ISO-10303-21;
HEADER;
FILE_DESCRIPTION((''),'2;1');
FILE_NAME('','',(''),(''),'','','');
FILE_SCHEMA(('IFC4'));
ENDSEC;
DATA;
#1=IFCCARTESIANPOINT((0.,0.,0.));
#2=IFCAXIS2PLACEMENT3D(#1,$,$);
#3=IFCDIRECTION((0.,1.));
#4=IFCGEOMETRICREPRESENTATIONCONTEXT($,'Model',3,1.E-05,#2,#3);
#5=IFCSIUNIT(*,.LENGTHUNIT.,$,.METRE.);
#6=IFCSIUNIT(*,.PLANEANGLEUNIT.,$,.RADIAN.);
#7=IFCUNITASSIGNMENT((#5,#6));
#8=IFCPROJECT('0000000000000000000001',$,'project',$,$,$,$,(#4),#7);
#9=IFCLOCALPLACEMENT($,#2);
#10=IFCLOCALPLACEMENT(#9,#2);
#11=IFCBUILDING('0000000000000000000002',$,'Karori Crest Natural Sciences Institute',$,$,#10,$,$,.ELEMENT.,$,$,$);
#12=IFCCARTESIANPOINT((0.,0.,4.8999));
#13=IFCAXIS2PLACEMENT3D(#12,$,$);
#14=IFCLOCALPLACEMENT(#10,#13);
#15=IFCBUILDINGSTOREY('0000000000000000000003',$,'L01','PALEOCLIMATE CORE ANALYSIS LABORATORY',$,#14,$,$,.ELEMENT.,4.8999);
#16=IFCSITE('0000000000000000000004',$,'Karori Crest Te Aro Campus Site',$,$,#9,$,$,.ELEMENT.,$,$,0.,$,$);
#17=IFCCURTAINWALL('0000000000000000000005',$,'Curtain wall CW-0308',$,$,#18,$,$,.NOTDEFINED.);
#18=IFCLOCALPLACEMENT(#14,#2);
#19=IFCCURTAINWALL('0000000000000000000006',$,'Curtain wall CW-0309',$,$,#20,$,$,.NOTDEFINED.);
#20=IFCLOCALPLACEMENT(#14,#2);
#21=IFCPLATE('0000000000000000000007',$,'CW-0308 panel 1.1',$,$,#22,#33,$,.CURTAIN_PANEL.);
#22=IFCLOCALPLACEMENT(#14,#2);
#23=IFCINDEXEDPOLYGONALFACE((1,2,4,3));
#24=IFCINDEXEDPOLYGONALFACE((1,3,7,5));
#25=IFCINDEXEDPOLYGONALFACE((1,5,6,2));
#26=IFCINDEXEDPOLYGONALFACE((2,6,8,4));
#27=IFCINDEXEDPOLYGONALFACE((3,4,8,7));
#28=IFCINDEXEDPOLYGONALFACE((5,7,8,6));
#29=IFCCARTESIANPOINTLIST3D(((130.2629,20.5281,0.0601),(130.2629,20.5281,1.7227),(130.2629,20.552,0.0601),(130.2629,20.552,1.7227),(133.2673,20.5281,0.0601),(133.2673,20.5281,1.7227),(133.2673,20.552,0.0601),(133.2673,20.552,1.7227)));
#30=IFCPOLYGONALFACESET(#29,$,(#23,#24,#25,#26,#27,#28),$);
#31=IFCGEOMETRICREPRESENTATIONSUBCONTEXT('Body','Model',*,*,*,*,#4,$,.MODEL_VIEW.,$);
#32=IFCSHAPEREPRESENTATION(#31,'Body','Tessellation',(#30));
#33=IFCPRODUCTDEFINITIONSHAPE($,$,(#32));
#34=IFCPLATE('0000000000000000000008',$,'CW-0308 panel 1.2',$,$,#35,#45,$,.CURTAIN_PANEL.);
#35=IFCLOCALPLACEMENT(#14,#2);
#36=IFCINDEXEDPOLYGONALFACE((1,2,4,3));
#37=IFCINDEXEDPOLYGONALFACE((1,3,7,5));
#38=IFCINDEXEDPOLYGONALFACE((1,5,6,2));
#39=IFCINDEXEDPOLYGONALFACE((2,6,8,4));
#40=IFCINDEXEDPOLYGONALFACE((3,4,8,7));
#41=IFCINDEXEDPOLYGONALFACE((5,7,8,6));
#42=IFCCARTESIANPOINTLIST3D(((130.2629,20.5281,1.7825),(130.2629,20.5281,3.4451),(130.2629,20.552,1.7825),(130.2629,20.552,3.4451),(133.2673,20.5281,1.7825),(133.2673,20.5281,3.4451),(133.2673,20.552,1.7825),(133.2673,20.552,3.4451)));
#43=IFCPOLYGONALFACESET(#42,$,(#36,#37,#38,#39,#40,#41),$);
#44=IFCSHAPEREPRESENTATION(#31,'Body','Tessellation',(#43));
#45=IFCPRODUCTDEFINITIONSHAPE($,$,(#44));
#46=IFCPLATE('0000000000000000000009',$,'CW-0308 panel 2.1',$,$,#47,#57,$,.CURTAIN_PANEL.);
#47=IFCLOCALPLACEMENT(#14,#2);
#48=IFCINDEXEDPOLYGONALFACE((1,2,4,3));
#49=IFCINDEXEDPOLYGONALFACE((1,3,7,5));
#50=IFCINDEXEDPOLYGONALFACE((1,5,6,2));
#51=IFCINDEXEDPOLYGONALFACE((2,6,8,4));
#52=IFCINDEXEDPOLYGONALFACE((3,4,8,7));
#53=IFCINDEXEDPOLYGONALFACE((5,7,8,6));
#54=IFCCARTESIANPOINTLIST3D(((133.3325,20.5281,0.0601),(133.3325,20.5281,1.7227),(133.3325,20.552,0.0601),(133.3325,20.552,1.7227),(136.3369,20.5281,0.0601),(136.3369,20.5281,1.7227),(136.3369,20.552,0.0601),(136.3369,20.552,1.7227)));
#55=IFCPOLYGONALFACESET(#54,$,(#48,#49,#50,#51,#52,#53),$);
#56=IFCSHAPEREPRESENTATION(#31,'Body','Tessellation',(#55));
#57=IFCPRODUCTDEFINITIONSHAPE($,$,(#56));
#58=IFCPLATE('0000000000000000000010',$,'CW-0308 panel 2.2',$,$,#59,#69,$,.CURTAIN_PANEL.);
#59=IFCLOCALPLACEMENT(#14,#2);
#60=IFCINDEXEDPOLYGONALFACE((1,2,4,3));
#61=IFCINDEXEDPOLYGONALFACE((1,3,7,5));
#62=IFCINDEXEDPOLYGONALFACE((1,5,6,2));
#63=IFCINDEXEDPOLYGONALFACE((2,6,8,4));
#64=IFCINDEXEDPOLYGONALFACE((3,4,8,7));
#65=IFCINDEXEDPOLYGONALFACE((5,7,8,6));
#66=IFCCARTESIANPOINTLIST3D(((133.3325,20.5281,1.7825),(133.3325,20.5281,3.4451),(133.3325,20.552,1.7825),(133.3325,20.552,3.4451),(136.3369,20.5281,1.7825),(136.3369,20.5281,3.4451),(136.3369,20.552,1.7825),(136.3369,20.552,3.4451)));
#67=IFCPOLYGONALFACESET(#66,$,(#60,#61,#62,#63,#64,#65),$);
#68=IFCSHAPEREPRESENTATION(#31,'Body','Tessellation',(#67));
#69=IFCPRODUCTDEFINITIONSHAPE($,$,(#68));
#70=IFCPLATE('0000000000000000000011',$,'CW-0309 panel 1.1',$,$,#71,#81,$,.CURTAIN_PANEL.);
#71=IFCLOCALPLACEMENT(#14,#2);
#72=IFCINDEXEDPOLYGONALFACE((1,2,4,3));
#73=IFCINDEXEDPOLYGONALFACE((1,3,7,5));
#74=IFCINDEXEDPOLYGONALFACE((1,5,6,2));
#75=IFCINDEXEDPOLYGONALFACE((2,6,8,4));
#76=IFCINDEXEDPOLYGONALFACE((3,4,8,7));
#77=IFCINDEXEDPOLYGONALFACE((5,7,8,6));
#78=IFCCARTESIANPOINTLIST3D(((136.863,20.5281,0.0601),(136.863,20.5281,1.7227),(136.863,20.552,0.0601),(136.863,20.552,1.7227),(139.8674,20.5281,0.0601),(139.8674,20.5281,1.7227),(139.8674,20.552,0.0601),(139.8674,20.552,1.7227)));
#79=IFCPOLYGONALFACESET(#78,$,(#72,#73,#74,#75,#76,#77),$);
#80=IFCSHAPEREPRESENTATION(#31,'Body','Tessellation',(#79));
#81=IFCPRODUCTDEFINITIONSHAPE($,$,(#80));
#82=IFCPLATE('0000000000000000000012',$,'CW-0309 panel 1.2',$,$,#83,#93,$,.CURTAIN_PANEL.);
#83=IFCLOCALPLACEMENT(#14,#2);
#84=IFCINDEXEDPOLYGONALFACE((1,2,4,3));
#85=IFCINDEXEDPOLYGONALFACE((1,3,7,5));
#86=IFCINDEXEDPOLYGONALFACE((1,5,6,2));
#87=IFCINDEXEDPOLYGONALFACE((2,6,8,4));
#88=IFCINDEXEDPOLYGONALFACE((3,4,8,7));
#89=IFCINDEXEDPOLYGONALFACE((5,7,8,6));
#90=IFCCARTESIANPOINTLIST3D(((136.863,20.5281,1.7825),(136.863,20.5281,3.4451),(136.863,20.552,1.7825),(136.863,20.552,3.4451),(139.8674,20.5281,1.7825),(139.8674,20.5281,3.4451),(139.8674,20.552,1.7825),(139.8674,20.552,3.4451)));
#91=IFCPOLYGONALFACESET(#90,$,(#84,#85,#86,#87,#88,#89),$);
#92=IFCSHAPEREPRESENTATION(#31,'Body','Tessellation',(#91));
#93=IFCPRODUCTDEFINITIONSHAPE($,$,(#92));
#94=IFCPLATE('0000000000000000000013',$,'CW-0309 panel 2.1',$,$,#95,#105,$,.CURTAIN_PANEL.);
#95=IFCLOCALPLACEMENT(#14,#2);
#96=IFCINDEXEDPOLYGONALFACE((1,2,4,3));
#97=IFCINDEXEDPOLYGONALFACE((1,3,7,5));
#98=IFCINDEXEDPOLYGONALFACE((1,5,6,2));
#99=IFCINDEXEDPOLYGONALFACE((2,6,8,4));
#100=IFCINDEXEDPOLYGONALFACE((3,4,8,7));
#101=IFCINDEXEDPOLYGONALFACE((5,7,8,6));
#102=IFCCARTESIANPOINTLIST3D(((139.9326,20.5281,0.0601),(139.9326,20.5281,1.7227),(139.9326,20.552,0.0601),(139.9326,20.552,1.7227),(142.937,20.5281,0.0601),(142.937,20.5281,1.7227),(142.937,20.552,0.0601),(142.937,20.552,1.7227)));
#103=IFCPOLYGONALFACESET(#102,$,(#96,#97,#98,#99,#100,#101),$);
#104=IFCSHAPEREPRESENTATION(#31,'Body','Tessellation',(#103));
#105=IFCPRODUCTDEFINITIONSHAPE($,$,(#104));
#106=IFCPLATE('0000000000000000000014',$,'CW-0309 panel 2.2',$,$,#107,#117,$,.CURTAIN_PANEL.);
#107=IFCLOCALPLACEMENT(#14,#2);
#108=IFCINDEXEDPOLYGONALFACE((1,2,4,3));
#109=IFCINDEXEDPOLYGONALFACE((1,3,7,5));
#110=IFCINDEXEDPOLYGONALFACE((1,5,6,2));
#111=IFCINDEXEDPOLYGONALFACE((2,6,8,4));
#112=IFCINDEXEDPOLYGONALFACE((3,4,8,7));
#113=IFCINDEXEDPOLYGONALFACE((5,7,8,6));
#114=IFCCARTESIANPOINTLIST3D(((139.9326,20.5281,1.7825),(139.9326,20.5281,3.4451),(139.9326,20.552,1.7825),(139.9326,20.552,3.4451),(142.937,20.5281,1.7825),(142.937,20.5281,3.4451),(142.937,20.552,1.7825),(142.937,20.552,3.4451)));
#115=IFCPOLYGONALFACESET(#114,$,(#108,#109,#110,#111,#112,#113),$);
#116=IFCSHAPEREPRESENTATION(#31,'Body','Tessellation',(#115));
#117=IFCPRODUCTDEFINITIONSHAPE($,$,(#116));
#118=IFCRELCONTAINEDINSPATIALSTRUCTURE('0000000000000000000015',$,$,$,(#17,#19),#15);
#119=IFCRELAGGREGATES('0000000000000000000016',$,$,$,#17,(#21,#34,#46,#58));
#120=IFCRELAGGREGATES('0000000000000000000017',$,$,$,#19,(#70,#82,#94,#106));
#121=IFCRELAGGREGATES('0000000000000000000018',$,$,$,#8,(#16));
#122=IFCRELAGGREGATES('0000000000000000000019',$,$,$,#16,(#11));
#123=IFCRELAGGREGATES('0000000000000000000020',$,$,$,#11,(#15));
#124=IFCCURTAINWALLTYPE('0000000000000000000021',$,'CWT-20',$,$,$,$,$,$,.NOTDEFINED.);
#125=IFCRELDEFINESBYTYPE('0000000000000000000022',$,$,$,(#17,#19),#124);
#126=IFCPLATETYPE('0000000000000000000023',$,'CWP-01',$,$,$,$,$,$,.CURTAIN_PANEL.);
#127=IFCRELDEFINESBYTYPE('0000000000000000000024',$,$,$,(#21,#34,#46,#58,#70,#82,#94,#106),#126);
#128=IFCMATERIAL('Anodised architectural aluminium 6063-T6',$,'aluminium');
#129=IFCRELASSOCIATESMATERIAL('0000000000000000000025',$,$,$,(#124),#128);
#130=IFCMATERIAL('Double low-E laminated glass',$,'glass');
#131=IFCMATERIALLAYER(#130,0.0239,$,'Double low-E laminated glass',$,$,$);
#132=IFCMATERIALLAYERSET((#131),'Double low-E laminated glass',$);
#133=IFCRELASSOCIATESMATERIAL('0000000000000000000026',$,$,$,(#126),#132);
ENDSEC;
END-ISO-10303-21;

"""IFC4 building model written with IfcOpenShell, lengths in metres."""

from ifc_helpers import new_model, si_unit, direction, frame, origin, origin_2d, place, context, subcontext, project, spatial, rectangle, extrude, material, layer, layer_set, type_object, element, aggregate, save


model = new_model("IFC4")

# Units and contexts
model_context = context("Model", 3, precision=1e-05, world=origin(), true_north=direction((0.0, 1.0)))
body_context = subcontext(model_context, "Body", "Model", "MODEL_VIEW")
ifc_project = project(units=[si_unit("LENGTHUNIT", "METRE"), si_unit("PLANEANGLEUNIT", "RADIAN")], contexts=[model_context])

# Site, building, storey
site_placement = place(None, origin())
site = spatial("IfcSite", under=ifc_project, at=site_placement, Name="Karori Crest Te Aro Campus Site", CompositionType="ELEMENT", RefElevation=0.0)
building_placement = place(site_placement, origin())
building = spatial("IfcBuilding", under=site, at=building_placement, Name="Karori Crest Natural Sciences Institute", CompositionType="ELEMENT")
storey_placement = place(building_placement, frame((0.0, 0.0, 4.8999)))
storey = spatial("IfcBuildingStorey", under=building, at=storey_placement, Name="L01", Description="PALEOCLIMATE CORE ANALYSIS LABORATORY", CompositionType="ELEMENT", Elevation=4.8999)

# Curtain walls
ifc_material_1 = material(Name="Anodised architectural aluminium 6063-T6", Category="aluminium")
curtain_wall_type = type_object("IfcCurtainWallType", Name="CWT-20", PredefinedType="NOTDEFINED", material=ifc_material_1)
curtain_wall_1_placement = place(storey_placement, origin())
curtain_wall_1 = element("IfcCurtainWall", 1, at=curtain_wall_1_placement, inside=storey, type_object=curtain_wall_type, Name="Curtain wall CW-0308", PredefinedType="NOTDEFINED")
curtain_wall_2_placement = place(storey_placement, origin())
curtain_wall_2 = element("IfcCurtainWall", 2, at=curtain_wall_2_placement, inside=storey, type_object=curtain_wall_type, Name="Curtain wall CW-0309", PredefinedType="NOTDEFINED")

# Plates
ifc_material_2 = material(Name="Double low-E laminated glass", Category="glass")
ifc_layer = layer(ifc_material_2, 0.0239, Name="Double low-E laminated glass")
ifc_layer_set = layer_set([ifc_layer], Name="Double low-E laminated glass")
plate_type = type_object("IfcPlateType", Name="CWP-01", PredefinedType="CURTAIN_PANEL", material=ifc_layer_set)
plate_1_placement = place(storey_placement, frame((131.7651, 20.54, 0.0601), z_axis=(0.0, 0.0, 1.0), x_axis=(1.0, 0.0, 0.0)))
plate_1 = element("IfcPlate", 3, at=plate_1_placement, type_object=plate_type, Name="CW-0308 panel 1.1", PredefinedType="CURTAIN_PANEL", context=body_context, shape_type="SweptSolid", body=[
    extrude(rectangle(XDim=3.0044, YDim=0.0239, at=origin_2d()), origin(), (0.0, 0.0, 1.0), 1.6626),
])
plate_2_placement = place(storey_placement, frame((131.7651, 20.54, 1.7825), z_axis=(0.0, 0.0, 1.0), x_axis=(1.0, 0.0, 0.0)))
plate_2 = element("IfcPlate", 4, at=plate_2_placement, type_object=plate_type, Name="CW-0308 panel 1.2", PredefinedType="CURTAIN_PANEL", context=body_context, shape_type="SweptSolid", body=[
    extrude(rectangle(XDim=3.0044, YDim=0.0239, at=origin_2d()), origin(), (0.0, 0.0, 1.0), 1.6626),
])
plate_3_placement = place(storey_placement, frame((134.8347, 20.54, 0.0601), z_axis=(0.0, 0.0, 1.0), x_axis=(1.0, 0.0, 0.0)))
plate_3 = element("IfcPlate", 5, at=plate_3_placement, type_object=plate_type, Name="CW-0308 panel 2.1", PredefinedType="CURTAIN_PANEL", context=body_context, shape_type="SweptSolid", body=[
    extrude(rectangle(XDim=3.0044, YDim=0.0239, at=origin_2d()), origin(), (0.0, 0.0, 1.0), 1.6626),
])
plate_4_placement = place(storey_placement, frame((134.8347, 20.54, 1.7825), z_axis=(0.0, 0.0, 1.0), x_axis=(1.0, 0.0, 0.0)))
plate_4 = element("IfcPlate", 6, at=plate_4_placement, type_object=plate_type, Name="CW-0308 panel 2.2", PredefinedType="CURTAIN_PANEL", context=body_context, shape_type="SweptSolid", body=[
    extrude(rectangle(XDim=3.0044, YDim=0.0239, at=origin_2d()), origin(), (0.0, 0.0, 1.0), 1.6626),
])
aggregate(curtain_wall_1, [plate_1, plate_2, plate_3, plate_4])
plate_5_placement = place(storey_placement, frame((138.3652, 20.54, 0.0601), z_axis=(0.0, 0.0, 1.0), x_axis=(1.0, 0.0, 0.0)))
plate_5 = element("IfcPlate", 7, at=plate_5_placement, type_object=plate_type, Name="CW-0309 panel 1.1", PredefinedType="CURTAIN_PANEL", context=body_context, shape_type="SweptSolid", body=[
    extrude(rectangle(XDim=3.0044, YDim=0.0239, at=origin_2d()), origin(), (0.0, 0.0, 1.0), 1.6626),
])
plate_6_placement = place(storey_placement, frame((138.3652, 20.54, 1.7825), z_axis=(0.0, 0.0, 1.0), x_axis=(1.0, 0.0, 0.0)))
plate_6 = element("IfcPlate", 8, at=plate_6_placement, type_object=plate_type, Name="CW-0309 panel 1.2", PredefinedType="CURTAIN_PANEL", context=body_context, shape_type="SweptSolid", body=[
    extrude(rectangle(XDim=3.0044, YDim=0.0239, at=origin_2d()), origin(), (0.0, 0.0, 1.0), 1.6626),
])
plate_7_placement = place(storey_placement, frame((141.4348, 20.54, 0.0601), z_axis=(0.0, 0.0, 1.0), x_axis=(1.0, 0.0, 0.0)))
plate_7 = element("IfcPlate", 9, at=plate_7_placement, type_object=plate_type, Name="CW-0309 panel 2.1", PredefinedType="CURTAIN_PANEL", context=body_context, shape_type="SweptSolid", body=[
    extrude(rectangle(XDim=3.0044, YDim=0.0239, at=origin_2d()), origin(), (0.0, 0.0, 1.0), 1.6626),
])
plate_8_placement = place(storey_placement, frame((141.4348, 20.54, 1.7825), z_axis=(0.0, 0.0, 1.0), x_axis=(1.0, 0.0, 0.0)))
plate_8 = element("IfcPlate", 10, at=plate_8_placement, type_object=plate_type, Name="CW-0309 panel 2.2", PredefinedType="CURTAIN_PANEL", context=body_context, shape_type="SweptSolid", body=[
    extrude(rectangle(XDim=3.0044, YDim=0.0239, at=origin_2d()), origin(), (0.0, 0.0, 1.0), 1.6626),
])
aggregate(curtain_wall_2, [plate_5, plate_6, plate_7, plate_8])

save(model, "model.ifc")
